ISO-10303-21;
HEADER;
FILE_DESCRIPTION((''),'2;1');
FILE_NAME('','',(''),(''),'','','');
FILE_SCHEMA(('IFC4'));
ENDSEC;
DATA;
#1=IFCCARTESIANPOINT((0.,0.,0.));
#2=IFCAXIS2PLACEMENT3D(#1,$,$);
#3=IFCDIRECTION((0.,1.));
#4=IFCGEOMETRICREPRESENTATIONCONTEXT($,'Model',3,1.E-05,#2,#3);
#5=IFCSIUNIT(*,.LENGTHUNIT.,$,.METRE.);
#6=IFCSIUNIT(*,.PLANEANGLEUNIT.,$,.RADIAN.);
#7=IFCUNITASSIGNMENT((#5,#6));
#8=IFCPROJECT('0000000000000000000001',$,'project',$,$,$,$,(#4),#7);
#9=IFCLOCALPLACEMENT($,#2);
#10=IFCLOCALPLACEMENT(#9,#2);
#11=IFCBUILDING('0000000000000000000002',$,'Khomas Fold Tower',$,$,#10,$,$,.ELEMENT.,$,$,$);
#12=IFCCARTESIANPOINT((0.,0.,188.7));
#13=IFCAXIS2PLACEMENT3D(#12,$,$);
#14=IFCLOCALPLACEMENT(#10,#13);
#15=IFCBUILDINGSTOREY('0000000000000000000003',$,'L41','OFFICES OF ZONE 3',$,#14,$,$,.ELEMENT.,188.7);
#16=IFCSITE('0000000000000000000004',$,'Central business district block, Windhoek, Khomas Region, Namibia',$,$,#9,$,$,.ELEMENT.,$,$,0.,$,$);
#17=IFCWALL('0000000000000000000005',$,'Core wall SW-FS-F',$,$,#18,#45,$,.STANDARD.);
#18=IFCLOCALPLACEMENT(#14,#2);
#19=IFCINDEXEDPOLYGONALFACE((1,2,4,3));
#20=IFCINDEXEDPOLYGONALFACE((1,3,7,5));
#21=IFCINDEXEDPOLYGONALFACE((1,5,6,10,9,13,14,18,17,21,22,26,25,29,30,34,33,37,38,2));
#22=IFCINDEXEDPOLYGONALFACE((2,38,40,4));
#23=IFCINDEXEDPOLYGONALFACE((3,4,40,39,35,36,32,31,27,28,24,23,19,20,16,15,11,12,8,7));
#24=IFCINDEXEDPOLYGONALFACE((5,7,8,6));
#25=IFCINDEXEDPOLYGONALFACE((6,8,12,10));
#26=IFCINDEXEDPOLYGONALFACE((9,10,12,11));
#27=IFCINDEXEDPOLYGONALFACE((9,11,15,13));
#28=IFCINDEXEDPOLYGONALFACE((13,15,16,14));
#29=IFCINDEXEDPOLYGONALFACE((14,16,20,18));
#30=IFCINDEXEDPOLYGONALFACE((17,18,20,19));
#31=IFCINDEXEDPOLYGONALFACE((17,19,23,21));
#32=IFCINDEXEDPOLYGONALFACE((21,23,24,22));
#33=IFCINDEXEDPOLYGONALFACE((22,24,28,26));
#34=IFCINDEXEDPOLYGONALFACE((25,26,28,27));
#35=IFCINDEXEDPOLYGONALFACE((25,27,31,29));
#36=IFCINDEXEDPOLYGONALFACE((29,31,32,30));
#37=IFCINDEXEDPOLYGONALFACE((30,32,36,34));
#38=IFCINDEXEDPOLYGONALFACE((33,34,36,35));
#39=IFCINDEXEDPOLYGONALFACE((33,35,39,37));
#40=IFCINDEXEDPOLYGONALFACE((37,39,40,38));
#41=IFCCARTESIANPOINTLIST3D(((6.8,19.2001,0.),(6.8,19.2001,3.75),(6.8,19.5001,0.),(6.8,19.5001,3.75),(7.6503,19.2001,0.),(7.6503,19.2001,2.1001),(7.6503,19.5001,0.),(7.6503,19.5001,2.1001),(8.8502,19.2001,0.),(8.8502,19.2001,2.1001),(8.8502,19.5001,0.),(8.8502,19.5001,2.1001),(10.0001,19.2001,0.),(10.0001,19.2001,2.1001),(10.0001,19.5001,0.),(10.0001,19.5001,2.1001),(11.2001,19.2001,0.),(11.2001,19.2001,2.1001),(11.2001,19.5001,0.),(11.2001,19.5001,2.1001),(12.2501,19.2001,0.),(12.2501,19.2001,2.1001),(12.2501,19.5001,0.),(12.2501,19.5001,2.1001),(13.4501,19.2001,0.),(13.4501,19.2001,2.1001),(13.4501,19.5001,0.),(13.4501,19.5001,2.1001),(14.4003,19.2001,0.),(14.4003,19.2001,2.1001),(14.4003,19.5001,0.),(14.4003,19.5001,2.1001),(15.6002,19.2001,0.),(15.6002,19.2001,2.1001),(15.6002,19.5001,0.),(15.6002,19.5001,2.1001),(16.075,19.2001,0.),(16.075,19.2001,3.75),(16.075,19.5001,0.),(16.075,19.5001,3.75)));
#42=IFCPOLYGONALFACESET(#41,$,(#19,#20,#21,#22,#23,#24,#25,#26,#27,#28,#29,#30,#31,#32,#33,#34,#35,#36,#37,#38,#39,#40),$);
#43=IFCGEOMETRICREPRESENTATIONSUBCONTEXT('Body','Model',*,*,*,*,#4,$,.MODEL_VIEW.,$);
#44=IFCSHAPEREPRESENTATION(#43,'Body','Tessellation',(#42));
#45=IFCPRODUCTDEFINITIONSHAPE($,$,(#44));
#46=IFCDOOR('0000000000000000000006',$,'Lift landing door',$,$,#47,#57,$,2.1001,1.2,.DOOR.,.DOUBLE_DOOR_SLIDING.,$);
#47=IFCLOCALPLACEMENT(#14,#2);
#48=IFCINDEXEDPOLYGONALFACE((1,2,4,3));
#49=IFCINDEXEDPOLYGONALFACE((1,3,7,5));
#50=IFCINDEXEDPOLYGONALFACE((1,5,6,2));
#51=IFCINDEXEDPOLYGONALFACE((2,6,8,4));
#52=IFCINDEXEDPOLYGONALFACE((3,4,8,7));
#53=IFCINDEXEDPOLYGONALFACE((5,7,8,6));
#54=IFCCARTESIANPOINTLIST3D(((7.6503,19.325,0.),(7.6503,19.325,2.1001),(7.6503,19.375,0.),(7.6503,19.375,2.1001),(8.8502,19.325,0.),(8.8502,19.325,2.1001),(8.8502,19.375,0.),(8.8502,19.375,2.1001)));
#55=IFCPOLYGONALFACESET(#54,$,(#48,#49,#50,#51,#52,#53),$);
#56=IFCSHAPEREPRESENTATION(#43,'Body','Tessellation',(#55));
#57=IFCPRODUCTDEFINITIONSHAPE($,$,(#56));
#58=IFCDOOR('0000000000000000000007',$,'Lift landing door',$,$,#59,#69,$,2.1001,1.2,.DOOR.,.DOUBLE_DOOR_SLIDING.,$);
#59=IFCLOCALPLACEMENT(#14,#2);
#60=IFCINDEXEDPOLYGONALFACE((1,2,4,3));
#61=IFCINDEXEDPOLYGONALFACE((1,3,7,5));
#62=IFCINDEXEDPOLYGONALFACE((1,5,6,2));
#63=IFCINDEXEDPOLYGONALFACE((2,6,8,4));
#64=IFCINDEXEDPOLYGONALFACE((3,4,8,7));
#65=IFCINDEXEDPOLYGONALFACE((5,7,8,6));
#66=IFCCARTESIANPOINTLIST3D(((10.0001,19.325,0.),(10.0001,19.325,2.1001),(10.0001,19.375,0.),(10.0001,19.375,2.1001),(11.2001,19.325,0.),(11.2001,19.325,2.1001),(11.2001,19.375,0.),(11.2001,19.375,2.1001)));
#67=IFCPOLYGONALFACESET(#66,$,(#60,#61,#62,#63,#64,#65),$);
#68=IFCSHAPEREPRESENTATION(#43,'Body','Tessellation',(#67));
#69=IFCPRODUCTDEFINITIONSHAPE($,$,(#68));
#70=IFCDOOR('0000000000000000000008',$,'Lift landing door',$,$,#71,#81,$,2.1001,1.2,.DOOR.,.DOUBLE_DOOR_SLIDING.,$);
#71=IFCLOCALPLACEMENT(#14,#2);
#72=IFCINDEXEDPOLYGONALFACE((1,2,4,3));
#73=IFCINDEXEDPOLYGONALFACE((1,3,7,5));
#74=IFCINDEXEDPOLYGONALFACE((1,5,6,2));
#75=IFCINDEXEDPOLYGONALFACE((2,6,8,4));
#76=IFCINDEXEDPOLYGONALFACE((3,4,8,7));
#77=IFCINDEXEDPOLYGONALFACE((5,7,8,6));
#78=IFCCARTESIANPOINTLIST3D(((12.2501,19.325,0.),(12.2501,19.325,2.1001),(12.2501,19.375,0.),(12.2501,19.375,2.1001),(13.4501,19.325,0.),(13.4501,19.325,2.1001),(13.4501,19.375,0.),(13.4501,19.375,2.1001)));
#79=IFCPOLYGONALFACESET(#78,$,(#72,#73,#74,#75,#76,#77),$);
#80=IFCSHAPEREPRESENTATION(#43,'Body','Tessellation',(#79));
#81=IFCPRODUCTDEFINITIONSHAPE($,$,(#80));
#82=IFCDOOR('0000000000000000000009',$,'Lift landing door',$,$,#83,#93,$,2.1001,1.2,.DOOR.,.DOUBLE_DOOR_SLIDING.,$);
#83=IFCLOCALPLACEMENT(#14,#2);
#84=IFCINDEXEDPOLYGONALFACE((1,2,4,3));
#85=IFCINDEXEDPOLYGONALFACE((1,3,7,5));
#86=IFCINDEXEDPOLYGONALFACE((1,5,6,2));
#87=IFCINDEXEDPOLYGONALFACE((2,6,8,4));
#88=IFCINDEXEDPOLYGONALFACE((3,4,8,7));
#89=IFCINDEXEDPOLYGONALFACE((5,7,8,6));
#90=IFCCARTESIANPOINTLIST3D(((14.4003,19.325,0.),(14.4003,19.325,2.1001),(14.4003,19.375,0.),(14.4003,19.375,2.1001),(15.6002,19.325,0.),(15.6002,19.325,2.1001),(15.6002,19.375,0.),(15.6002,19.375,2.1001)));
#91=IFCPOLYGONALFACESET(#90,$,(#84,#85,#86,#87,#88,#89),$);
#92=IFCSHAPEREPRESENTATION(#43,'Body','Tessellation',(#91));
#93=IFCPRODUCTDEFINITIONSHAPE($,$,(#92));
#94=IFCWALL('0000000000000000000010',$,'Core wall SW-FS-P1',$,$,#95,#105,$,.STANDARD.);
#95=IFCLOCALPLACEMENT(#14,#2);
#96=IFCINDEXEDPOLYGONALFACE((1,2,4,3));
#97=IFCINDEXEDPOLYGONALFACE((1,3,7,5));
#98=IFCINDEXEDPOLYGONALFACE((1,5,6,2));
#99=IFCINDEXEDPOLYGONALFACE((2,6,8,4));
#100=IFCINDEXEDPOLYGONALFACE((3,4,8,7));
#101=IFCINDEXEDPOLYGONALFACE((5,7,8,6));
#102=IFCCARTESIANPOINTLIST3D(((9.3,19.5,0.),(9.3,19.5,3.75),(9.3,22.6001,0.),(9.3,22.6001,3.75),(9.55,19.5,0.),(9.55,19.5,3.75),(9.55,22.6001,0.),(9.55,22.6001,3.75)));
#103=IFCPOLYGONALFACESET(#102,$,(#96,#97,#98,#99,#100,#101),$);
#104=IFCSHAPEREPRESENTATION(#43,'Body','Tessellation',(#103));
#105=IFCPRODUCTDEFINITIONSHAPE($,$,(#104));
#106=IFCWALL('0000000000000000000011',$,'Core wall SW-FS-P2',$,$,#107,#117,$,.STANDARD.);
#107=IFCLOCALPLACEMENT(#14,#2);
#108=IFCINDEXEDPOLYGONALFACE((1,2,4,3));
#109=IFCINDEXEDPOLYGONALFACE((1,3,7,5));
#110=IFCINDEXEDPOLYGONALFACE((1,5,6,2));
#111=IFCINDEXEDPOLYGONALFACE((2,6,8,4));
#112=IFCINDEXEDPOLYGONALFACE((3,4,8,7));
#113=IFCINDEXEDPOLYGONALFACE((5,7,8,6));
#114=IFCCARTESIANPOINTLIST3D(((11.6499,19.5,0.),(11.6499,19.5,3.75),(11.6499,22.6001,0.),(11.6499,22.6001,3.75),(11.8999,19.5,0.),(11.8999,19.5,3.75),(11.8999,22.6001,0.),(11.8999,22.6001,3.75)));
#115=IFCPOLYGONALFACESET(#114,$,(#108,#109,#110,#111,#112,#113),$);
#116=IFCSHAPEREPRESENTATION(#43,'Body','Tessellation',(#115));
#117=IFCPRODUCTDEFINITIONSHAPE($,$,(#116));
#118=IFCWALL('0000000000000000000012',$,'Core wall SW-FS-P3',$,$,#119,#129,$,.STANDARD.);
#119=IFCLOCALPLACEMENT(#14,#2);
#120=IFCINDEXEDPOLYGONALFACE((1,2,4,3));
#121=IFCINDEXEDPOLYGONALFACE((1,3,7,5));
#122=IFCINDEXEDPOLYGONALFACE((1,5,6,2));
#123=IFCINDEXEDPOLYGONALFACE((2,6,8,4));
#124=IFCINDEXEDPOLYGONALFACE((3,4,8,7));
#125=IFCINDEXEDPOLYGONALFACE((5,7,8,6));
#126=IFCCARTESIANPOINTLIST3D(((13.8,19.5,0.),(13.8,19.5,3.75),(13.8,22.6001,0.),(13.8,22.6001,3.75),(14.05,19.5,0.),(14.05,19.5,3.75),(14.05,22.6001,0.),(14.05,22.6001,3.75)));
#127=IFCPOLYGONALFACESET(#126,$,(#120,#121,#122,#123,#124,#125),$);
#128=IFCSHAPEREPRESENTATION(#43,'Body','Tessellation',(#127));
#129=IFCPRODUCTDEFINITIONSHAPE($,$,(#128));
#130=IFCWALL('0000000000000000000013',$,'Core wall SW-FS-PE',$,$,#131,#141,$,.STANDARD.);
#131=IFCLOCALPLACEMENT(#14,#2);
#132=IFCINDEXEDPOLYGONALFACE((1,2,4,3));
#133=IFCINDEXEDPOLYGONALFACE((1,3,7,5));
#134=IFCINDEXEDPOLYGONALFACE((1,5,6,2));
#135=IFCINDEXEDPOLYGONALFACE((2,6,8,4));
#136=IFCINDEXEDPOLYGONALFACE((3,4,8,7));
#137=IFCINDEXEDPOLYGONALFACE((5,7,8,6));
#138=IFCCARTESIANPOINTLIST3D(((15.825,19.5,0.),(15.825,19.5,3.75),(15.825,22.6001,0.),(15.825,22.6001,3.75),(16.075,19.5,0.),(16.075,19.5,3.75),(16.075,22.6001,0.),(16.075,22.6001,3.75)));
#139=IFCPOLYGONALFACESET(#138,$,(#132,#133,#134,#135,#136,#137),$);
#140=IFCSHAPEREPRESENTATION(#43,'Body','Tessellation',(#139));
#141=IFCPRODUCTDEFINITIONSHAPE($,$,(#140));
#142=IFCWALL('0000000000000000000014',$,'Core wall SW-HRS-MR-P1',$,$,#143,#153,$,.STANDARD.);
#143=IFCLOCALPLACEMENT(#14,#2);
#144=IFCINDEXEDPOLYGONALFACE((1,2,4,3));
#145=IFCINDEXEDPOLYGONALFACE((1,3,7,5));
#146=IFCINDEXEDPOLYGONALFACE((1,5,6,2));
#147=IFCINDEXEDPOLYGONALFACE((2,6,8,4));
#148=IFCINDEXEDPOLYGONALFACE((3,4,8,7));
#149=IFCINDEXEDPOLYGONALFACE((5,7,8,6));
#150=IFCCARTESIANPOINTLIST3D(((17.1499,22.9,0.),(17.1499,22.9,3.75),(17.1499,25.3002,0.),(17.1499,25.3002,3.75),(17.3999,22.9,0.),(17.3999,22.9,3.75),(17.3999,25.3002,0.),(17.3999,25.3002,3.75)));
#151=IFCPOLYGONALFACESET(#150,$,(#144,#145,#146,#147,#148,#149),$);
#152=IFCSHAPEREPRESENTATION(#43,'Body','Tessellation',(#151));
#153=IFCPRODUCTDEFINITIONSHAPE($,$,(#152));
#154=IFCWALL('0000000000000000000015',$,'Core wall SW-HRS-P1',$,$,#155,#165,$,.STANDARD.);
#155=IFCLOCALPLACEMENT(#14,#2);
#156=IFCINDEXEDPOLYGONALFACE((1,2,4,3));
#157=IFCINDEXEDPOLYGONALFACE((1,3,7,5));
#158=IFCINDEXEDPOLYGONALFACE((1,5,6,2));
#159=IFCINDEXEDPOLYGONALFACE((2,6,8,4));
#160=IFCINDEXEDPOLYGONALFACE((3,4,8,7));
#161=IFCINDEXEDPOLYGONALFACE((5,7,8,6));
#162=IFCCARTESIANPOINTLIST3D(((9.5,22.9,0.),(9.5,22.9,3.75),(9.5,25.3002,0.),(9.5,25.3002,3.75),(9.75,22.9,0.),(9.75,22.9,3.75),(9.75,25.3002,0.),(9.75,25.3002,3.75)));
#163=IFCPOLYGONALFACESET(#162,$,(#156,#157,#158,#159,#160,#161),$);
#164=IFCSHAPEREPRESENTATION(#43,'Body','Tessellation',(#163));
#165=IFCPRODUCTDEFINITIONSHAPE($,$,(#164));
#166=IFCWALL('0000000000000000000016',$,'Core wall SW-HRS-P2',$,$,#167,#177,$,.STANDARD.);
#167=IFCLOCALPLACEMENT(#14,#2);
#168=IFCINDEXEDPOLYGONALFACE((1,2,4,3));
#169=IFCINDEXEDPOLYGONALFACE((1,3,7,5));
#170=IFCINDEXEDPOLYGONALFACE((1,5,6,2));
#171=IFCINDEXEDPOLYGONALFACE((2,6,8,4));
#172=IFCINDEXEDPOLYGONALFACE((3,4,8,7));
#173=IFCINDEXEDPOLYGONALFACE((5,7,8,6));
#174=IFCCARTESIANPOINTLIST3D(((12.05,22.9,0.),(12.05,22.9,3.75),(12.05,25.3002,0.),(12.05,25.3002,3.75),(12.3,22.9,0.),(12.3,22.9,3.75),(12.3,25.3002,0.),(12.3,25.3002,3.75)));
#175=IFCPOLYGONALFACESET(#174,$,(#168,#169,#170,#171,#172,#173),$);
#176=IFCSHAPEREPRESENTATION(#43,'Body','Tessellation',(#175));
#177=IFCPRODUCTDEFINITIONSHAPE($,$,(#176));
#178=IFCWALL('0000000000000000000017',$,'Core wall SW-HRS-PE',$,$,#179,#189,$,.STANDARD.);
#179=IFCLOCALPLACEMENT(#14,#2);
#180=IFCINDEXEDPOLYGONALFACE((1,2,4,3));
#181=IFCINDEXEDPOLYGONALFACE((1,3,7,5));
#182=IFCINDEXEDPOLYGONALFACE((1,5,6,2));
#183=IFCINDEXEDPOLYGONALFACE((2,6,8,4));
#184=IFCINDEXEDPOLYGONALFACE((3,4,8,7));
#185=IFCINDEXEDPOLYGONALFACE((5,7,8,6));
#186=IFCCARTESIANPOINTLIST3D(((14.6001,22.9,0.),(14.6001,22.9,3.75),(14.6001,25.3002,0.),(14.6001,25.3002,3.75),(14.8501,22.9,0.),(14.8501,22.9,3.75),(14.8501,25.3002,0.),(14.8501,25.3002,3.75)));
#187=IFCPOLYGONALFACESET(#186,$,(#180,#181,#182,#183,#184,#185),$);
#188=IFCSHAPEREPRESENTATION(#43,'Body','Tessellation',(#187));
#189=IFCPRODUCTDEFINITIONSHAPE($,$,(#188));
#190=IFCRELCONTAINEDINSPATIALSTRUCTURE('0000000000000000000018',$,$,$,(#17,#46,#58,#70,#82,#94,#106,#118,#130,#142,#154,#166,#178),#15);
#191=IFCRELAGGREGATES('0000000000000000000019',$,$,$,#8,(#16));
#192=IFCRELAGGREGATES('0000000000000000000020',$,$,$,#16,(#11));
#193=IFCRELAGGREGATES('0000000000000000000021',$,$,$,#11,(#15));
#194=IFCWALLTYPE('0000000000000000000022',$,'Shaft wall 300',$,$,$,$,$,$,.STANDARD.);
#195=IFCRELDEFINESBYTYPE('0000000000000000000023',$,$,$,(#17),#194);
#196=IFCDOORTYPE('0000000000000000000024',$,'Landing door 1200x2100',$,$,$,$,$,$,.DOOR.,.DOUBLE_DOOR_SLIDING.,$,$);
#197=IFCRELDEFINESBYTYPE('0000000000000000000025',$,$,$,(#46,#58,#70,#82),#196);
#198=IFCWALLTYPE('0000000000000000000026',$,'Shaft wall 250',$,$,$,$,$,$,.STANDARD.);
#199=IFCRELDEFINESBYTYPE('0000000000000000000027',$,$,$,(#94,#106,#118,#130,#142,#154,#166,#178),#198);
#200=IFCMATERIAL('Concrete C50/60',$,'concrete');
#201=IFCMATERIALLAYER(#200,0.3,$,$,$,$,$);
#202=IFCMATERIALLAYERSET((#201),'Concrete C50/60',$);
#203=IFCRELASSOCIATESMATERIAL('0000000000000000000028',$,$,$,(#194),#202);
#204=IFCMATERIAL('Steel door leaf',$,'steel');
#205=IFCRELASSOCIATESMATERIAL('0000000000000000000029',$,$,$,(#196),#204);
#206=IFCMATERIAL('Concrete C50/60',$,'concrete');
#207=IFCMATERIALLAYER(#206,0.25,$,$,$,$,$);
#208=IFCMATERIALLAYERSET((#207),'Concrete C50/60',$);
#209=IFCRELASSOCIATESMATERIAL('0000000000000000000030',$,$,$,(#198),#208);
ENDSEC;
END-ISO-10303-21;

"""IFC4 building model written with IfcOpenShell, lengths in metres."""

from ifc_helpers import new_model, si_unit, direction, frame, frame_2d, origin, place, context, subcontext, project, spatial, rectangle, extrude, source, transform, mapped, material, layer, layer_set, type_object, element, fill, save


model = new_model("IFC4")

# Units and contexts
model_context = context("Model", 3, precision=1e-05, world=origin(), true_north=direction((0.0, 1.0)))
body_context = subcontext(model_context, "Body", "Model", "MODEL_VIEW")
ifc_project = project(units=[si_unit("LENGTHUNIT", "METRE"), si_unit("PLANEANGLEUNIT", "RADIAN")], contexts=[model_context])

# Site, building, storey
site_placement = place(None, origin())
site = spatial("IfcSite", under=ifc_project, at=site_placement, Name="Central business district block, Windhoek, Khomas Region, Namibia", CompositionType="ELEMENT", RefElevation=0.0)
building_placement = place(site_placement, origin())
building = spatial("IfcBuilding", under=site, at=building_placement, Name="Khomas Fold Tower", CompositionType="ELEMENT")
storey_placement = place(building_placement, frame((0.0, 0.0, 188.7)))
storey = spatial("IfcBuildingStorey", under=building, at=storey_placement, Name="L41", Description="OFFICES OF ZONE 3", CompositionType="ELEMENT", Elevation=188.7)

# Shared definitions
ifc_material_1 = material(Name="Concrete C50/60", Category="concrete")
ifc_layer_1 = layer(ifc_material_1, 0.3)
ifc_layer_set_1 = layer_set([ifc_layer_1], Name="Concrete C50/60")
wall_type_1 = type_object("IfcWallType", Name="Shaft wall 300", PredefinedType="STANDARD", material=ifc_layer_set_1)

# Wall, openings, doors
shared_shape_1 = source(origin(), body_context, "Body", "SweptSolid", [
    extrude(rectangle(XDim=1.2, YDim=2.1001, at=frame_2d((0.6001, 1.05))), frame((0.0, 0.1599, 0.0), z_axis=(0.0, -1.0, 0.0), x_axis=(1.0, 0.0, 0.0)), (0.0, 0.0, 1.0), 0.3201),
])
ifc_material_2 = material(Name="Steel door leaf", Category="steel")
door_type = type_object("IfcDoorType", Name="Landing door 1200x2100", OperationType="DOUBLE_DOOR_SLIDING", PredefinedType="DOOR", material=ifc_material_2)
shared_shape_2 = source(origin(), body_context, "Body", "SweptSolid", [
    extrude(rectangle(XDim=1.2, YDim=2.1001, at=frame_2d((0.6001, 1.05))), frame((0.0, 0.0249, 0.0), z_axis=(0.0, -1.0, 0.0), x_axis=(1.0, 0.0, 0.0)), (0.0, 0.0, 1.0), 0.05),
])
shared_shape_3 = source(origin(), body_context, "Body", "SweptSolid", [
    extrude(rectangle(XDim=9.2749, YDim=0.3, at=frame_2d((4.6375, 0.0))), origin(), (0.0, 0.0, 1.0), 3.75),
])
wall_1_placement = place(storey_placement, frame((6.8, 19.3501, 0.0), z_axis=(0.0, 0.0, 1.0), x_axis=(1.0, 0.0, 0.0)))
wall_1 = element("IfcWall", 1, at=wall_1_placement, inside=storey, type_object=wall_type_1, Name="Core wall SW-FS-F", PredefinedType="STANDARD", context=body_context, shape_type="MappedRepresentation", body=[
    mapped(shared_shape_3, transform((0.0, 0.0, 0.0))),
])
opening_1_placement = place(wall_1_placement, frame((0.8501, 0.0, 0.0)))
opening_1 = element("IfcOpeningElement", 2, at=opening_1_placement, cuts=wall_1, PredefinedType="OPENING", context=body_context, shape_type="MappedRepresentation", body=[
    mapped(shared_shape_1, transform((0.0, 0.0, 0.0))),
])
opening_2_placement = place(wall_1_placement, frame((3.2, 0.0, 0.0)))
opening_2 = element("IfcOpeningElement", 3, at=opening_2_placement, cuts=wall_1, PredefinedType="OPENING", context=body_context, shape_type="MappedRepresentation", body=[
    mapped(shared_shape_1, transform((0.0, 0.0, 0.0))),
])
opening_3_placement = place(wall_1_placement, frame((5.45, 0.0, 0.0)))
opening_3 = element("IfcOpeningElement", 4, at=opening_3_placement, cuts=wall_1, PredefinedType="OPENING", context=body_context, shape_type="MappedRepresentation", body=[
    mapped(shared_shape_1, transform((0.0, 0.0, 0.0))),
])
opening_4_placement = place(wall_1_placement, frame((7.6001, 0.0, 0.0)))
opening_4 = element("IfcOpeningElement", 5, at=opening_4_placement, cuts=wall_1, PredefinedType="OPENING", context=body_context, shape_type="MappedRepresentation", body=[
    mapped(shared_shape_1, transform((0.0, 0.0, 0.0))),
])
door_1_placement = place(opening_1_placement, origin())
door_1 = element("IfcDoor", 6, at=door_1_placement, inside=storey, type_object=door_type, Name="Lift landing door", OperationType="DOUBLE_DOOR_SLIDING", OverallHeight=2.1001, OverallWidth=1.2, PredefinedType="DOOR", context=body_context, shape_type="MappedRepresentation", body=[
    mapped(shared_shape_2, transform((0.0, 0.0, 0.0))),
])
fill(opening_1, door_1)
door_2_placement = place(opening_2_placement, origin())
door_2 = element("IfcDoor", 7, at=door_2_placement, inside=storey, type_object=door_type, Name="Lift landing door", OperationType="DOUBLE_DOOR_SLIDING", OverallHeight=2.1001, OverallWidth=1.2, PredefinedType="DOOR", context=body_context, shape_type="MappedRepresentation", body=[
    mapped(shared_shape_2, transform((0.0, 0.0, 0.0))),
])
fill(opening_2, door_2)
door_3_placement = place(opening_3_placement, origin())
door_3 = element("IfcDoor", 8, at=door_3_placement, inside=storey, type_object=door_type, Name="Lift landing door", OperationType="DOUBLE_DOOR_SLIDING", OverallHeight=2.1001, OverallWidth=1.2, PredefinedType="DOOR", context=body_context, shape_type="MappedRepresentation", body=[
    mapped(shared_shape_2, transform((0.0, 0.0, 0.0))),
])
fill(opening_3, door_3)
door_4_placement = place(opening_4_placement, origin())
door_4 = element("IfcDoor", 9, at=door_4_placement, inside=storey, type_object=door_type, Name="Lift landing door", OperationType="DOUBLE_DOOR_SLIDING", OverallHeight=2.1001, OverallWidth=1.2, PredefinedType="DOOR", context=body_context, shape_type="MappedRepresentation", body=[
    mapped(shared_shape_2, transform((0.0, 0.0, 0.0))),
])
fill(opening_4, door_4)

# Walls
ifc_material_3 = material(Name="Concrete C50/60", Category="concrete")
ifc_layer_2 = layer(ifc_material_3, 0.25)
ifc_layer_set_2 = layer_set([ifc_layer_2], Name="Concrete C50/60")
wall_type_2 = type_object("IfcWallType", Name="Shaft wall 250", PredefinedType="STANDARD", material=ifc_layer_set_2)
shared_shape_4 = source(origin(), body_context, "Body", "SweptSolid", [
    extrude(rectangle(XDim=3.1001, YDim=0.25, at=frame_2d((1.55, 0.0))), origin(), (0.0, 0.0, 1.0), 3.75),
])
for number, where, z_axis, x_axis, name in (
    (10, (9.425, 19.5, 0.0), (0.0, 0.0, 1.0), (0.0, 1.0, 0.0), "Core wall SW-FS-P1"),
    (11, (11.7749, 19.5, 0.0), (0.0, 0.0, 1.0), (0.0, 1.0, 0.0), "Core wall SW-FS-P2"),
    (12, (13.925, 19.5, 0.0), (0.0, 0.0, 1.0), (0.0, 1.0, 0.0), "Core wall SW-FS-P3"),
    (13, (15.95, 19.5, 0.0), (0.0, 0.0, 1.0), (0.0, 1.0, 0.0), "Core wall SW-FS-PE"),
):
    element("IfcWall", number, at=place(storey_placement, frame(where, z_axis=z_axis, x_axis=x_axis)), inside=storey, type_object=wall_type_2, Name=name, PredefinedType="STANDARD", context=body_context, shape_type="MappedRepresentation", body=[
        mapped(shared_shape_4, transform((0.0, 0.0, 0.0))),
    ])
shared_shape_5 = source(origin(), body_context, "Body", "SweptSolid", [
    extrude(rectangle(XDim=2.4001, YDim=0.25, at=frame_2d((1.2002, 0.0))), origin(), (0.0, 0.0, 1.0), 3.75),
])
for number, where, z_axis, x_axis, name in (
    (14, (17.2749, 22.8999, 0.0), (0.0, 0.0, 1.0), (0.0, 1.0, 0.0), "Core wall SW-HRS-MR-P1"),
    (15, (9.625, 22.8999, 0.0), (0.0, 0.0, 1.0), (0.0, 1.0, 0.0), "Core wall SW-HRS-P1"),
    (16, (12.175, 22.8999, 0.0), (0.0, 0.0, 1.0), (0.0, 1.0, 0.0), "Core wall SW-HRS-P2"),
    (17, (14.7251, 22.8999, 0.0), (0.0, 0.0, 1.0), (0.0, 1.0, 0.0), "Core wall SW-HRS-PE"),
):
    element("IfcWall", number, at=place(storey_placement, frame(where, z_axis=z_axis, x_axis=x_axis)), inside=storey, type_object=wall_type_2, Name=name, PredefinedType="STANDARD", context=body_context, shape_type="MappedRepresentation", body=[
        mapped(shared_shape_5, transform((0.0, 0.0, 0.0))),
    ])

save(model, "model.ifc")
